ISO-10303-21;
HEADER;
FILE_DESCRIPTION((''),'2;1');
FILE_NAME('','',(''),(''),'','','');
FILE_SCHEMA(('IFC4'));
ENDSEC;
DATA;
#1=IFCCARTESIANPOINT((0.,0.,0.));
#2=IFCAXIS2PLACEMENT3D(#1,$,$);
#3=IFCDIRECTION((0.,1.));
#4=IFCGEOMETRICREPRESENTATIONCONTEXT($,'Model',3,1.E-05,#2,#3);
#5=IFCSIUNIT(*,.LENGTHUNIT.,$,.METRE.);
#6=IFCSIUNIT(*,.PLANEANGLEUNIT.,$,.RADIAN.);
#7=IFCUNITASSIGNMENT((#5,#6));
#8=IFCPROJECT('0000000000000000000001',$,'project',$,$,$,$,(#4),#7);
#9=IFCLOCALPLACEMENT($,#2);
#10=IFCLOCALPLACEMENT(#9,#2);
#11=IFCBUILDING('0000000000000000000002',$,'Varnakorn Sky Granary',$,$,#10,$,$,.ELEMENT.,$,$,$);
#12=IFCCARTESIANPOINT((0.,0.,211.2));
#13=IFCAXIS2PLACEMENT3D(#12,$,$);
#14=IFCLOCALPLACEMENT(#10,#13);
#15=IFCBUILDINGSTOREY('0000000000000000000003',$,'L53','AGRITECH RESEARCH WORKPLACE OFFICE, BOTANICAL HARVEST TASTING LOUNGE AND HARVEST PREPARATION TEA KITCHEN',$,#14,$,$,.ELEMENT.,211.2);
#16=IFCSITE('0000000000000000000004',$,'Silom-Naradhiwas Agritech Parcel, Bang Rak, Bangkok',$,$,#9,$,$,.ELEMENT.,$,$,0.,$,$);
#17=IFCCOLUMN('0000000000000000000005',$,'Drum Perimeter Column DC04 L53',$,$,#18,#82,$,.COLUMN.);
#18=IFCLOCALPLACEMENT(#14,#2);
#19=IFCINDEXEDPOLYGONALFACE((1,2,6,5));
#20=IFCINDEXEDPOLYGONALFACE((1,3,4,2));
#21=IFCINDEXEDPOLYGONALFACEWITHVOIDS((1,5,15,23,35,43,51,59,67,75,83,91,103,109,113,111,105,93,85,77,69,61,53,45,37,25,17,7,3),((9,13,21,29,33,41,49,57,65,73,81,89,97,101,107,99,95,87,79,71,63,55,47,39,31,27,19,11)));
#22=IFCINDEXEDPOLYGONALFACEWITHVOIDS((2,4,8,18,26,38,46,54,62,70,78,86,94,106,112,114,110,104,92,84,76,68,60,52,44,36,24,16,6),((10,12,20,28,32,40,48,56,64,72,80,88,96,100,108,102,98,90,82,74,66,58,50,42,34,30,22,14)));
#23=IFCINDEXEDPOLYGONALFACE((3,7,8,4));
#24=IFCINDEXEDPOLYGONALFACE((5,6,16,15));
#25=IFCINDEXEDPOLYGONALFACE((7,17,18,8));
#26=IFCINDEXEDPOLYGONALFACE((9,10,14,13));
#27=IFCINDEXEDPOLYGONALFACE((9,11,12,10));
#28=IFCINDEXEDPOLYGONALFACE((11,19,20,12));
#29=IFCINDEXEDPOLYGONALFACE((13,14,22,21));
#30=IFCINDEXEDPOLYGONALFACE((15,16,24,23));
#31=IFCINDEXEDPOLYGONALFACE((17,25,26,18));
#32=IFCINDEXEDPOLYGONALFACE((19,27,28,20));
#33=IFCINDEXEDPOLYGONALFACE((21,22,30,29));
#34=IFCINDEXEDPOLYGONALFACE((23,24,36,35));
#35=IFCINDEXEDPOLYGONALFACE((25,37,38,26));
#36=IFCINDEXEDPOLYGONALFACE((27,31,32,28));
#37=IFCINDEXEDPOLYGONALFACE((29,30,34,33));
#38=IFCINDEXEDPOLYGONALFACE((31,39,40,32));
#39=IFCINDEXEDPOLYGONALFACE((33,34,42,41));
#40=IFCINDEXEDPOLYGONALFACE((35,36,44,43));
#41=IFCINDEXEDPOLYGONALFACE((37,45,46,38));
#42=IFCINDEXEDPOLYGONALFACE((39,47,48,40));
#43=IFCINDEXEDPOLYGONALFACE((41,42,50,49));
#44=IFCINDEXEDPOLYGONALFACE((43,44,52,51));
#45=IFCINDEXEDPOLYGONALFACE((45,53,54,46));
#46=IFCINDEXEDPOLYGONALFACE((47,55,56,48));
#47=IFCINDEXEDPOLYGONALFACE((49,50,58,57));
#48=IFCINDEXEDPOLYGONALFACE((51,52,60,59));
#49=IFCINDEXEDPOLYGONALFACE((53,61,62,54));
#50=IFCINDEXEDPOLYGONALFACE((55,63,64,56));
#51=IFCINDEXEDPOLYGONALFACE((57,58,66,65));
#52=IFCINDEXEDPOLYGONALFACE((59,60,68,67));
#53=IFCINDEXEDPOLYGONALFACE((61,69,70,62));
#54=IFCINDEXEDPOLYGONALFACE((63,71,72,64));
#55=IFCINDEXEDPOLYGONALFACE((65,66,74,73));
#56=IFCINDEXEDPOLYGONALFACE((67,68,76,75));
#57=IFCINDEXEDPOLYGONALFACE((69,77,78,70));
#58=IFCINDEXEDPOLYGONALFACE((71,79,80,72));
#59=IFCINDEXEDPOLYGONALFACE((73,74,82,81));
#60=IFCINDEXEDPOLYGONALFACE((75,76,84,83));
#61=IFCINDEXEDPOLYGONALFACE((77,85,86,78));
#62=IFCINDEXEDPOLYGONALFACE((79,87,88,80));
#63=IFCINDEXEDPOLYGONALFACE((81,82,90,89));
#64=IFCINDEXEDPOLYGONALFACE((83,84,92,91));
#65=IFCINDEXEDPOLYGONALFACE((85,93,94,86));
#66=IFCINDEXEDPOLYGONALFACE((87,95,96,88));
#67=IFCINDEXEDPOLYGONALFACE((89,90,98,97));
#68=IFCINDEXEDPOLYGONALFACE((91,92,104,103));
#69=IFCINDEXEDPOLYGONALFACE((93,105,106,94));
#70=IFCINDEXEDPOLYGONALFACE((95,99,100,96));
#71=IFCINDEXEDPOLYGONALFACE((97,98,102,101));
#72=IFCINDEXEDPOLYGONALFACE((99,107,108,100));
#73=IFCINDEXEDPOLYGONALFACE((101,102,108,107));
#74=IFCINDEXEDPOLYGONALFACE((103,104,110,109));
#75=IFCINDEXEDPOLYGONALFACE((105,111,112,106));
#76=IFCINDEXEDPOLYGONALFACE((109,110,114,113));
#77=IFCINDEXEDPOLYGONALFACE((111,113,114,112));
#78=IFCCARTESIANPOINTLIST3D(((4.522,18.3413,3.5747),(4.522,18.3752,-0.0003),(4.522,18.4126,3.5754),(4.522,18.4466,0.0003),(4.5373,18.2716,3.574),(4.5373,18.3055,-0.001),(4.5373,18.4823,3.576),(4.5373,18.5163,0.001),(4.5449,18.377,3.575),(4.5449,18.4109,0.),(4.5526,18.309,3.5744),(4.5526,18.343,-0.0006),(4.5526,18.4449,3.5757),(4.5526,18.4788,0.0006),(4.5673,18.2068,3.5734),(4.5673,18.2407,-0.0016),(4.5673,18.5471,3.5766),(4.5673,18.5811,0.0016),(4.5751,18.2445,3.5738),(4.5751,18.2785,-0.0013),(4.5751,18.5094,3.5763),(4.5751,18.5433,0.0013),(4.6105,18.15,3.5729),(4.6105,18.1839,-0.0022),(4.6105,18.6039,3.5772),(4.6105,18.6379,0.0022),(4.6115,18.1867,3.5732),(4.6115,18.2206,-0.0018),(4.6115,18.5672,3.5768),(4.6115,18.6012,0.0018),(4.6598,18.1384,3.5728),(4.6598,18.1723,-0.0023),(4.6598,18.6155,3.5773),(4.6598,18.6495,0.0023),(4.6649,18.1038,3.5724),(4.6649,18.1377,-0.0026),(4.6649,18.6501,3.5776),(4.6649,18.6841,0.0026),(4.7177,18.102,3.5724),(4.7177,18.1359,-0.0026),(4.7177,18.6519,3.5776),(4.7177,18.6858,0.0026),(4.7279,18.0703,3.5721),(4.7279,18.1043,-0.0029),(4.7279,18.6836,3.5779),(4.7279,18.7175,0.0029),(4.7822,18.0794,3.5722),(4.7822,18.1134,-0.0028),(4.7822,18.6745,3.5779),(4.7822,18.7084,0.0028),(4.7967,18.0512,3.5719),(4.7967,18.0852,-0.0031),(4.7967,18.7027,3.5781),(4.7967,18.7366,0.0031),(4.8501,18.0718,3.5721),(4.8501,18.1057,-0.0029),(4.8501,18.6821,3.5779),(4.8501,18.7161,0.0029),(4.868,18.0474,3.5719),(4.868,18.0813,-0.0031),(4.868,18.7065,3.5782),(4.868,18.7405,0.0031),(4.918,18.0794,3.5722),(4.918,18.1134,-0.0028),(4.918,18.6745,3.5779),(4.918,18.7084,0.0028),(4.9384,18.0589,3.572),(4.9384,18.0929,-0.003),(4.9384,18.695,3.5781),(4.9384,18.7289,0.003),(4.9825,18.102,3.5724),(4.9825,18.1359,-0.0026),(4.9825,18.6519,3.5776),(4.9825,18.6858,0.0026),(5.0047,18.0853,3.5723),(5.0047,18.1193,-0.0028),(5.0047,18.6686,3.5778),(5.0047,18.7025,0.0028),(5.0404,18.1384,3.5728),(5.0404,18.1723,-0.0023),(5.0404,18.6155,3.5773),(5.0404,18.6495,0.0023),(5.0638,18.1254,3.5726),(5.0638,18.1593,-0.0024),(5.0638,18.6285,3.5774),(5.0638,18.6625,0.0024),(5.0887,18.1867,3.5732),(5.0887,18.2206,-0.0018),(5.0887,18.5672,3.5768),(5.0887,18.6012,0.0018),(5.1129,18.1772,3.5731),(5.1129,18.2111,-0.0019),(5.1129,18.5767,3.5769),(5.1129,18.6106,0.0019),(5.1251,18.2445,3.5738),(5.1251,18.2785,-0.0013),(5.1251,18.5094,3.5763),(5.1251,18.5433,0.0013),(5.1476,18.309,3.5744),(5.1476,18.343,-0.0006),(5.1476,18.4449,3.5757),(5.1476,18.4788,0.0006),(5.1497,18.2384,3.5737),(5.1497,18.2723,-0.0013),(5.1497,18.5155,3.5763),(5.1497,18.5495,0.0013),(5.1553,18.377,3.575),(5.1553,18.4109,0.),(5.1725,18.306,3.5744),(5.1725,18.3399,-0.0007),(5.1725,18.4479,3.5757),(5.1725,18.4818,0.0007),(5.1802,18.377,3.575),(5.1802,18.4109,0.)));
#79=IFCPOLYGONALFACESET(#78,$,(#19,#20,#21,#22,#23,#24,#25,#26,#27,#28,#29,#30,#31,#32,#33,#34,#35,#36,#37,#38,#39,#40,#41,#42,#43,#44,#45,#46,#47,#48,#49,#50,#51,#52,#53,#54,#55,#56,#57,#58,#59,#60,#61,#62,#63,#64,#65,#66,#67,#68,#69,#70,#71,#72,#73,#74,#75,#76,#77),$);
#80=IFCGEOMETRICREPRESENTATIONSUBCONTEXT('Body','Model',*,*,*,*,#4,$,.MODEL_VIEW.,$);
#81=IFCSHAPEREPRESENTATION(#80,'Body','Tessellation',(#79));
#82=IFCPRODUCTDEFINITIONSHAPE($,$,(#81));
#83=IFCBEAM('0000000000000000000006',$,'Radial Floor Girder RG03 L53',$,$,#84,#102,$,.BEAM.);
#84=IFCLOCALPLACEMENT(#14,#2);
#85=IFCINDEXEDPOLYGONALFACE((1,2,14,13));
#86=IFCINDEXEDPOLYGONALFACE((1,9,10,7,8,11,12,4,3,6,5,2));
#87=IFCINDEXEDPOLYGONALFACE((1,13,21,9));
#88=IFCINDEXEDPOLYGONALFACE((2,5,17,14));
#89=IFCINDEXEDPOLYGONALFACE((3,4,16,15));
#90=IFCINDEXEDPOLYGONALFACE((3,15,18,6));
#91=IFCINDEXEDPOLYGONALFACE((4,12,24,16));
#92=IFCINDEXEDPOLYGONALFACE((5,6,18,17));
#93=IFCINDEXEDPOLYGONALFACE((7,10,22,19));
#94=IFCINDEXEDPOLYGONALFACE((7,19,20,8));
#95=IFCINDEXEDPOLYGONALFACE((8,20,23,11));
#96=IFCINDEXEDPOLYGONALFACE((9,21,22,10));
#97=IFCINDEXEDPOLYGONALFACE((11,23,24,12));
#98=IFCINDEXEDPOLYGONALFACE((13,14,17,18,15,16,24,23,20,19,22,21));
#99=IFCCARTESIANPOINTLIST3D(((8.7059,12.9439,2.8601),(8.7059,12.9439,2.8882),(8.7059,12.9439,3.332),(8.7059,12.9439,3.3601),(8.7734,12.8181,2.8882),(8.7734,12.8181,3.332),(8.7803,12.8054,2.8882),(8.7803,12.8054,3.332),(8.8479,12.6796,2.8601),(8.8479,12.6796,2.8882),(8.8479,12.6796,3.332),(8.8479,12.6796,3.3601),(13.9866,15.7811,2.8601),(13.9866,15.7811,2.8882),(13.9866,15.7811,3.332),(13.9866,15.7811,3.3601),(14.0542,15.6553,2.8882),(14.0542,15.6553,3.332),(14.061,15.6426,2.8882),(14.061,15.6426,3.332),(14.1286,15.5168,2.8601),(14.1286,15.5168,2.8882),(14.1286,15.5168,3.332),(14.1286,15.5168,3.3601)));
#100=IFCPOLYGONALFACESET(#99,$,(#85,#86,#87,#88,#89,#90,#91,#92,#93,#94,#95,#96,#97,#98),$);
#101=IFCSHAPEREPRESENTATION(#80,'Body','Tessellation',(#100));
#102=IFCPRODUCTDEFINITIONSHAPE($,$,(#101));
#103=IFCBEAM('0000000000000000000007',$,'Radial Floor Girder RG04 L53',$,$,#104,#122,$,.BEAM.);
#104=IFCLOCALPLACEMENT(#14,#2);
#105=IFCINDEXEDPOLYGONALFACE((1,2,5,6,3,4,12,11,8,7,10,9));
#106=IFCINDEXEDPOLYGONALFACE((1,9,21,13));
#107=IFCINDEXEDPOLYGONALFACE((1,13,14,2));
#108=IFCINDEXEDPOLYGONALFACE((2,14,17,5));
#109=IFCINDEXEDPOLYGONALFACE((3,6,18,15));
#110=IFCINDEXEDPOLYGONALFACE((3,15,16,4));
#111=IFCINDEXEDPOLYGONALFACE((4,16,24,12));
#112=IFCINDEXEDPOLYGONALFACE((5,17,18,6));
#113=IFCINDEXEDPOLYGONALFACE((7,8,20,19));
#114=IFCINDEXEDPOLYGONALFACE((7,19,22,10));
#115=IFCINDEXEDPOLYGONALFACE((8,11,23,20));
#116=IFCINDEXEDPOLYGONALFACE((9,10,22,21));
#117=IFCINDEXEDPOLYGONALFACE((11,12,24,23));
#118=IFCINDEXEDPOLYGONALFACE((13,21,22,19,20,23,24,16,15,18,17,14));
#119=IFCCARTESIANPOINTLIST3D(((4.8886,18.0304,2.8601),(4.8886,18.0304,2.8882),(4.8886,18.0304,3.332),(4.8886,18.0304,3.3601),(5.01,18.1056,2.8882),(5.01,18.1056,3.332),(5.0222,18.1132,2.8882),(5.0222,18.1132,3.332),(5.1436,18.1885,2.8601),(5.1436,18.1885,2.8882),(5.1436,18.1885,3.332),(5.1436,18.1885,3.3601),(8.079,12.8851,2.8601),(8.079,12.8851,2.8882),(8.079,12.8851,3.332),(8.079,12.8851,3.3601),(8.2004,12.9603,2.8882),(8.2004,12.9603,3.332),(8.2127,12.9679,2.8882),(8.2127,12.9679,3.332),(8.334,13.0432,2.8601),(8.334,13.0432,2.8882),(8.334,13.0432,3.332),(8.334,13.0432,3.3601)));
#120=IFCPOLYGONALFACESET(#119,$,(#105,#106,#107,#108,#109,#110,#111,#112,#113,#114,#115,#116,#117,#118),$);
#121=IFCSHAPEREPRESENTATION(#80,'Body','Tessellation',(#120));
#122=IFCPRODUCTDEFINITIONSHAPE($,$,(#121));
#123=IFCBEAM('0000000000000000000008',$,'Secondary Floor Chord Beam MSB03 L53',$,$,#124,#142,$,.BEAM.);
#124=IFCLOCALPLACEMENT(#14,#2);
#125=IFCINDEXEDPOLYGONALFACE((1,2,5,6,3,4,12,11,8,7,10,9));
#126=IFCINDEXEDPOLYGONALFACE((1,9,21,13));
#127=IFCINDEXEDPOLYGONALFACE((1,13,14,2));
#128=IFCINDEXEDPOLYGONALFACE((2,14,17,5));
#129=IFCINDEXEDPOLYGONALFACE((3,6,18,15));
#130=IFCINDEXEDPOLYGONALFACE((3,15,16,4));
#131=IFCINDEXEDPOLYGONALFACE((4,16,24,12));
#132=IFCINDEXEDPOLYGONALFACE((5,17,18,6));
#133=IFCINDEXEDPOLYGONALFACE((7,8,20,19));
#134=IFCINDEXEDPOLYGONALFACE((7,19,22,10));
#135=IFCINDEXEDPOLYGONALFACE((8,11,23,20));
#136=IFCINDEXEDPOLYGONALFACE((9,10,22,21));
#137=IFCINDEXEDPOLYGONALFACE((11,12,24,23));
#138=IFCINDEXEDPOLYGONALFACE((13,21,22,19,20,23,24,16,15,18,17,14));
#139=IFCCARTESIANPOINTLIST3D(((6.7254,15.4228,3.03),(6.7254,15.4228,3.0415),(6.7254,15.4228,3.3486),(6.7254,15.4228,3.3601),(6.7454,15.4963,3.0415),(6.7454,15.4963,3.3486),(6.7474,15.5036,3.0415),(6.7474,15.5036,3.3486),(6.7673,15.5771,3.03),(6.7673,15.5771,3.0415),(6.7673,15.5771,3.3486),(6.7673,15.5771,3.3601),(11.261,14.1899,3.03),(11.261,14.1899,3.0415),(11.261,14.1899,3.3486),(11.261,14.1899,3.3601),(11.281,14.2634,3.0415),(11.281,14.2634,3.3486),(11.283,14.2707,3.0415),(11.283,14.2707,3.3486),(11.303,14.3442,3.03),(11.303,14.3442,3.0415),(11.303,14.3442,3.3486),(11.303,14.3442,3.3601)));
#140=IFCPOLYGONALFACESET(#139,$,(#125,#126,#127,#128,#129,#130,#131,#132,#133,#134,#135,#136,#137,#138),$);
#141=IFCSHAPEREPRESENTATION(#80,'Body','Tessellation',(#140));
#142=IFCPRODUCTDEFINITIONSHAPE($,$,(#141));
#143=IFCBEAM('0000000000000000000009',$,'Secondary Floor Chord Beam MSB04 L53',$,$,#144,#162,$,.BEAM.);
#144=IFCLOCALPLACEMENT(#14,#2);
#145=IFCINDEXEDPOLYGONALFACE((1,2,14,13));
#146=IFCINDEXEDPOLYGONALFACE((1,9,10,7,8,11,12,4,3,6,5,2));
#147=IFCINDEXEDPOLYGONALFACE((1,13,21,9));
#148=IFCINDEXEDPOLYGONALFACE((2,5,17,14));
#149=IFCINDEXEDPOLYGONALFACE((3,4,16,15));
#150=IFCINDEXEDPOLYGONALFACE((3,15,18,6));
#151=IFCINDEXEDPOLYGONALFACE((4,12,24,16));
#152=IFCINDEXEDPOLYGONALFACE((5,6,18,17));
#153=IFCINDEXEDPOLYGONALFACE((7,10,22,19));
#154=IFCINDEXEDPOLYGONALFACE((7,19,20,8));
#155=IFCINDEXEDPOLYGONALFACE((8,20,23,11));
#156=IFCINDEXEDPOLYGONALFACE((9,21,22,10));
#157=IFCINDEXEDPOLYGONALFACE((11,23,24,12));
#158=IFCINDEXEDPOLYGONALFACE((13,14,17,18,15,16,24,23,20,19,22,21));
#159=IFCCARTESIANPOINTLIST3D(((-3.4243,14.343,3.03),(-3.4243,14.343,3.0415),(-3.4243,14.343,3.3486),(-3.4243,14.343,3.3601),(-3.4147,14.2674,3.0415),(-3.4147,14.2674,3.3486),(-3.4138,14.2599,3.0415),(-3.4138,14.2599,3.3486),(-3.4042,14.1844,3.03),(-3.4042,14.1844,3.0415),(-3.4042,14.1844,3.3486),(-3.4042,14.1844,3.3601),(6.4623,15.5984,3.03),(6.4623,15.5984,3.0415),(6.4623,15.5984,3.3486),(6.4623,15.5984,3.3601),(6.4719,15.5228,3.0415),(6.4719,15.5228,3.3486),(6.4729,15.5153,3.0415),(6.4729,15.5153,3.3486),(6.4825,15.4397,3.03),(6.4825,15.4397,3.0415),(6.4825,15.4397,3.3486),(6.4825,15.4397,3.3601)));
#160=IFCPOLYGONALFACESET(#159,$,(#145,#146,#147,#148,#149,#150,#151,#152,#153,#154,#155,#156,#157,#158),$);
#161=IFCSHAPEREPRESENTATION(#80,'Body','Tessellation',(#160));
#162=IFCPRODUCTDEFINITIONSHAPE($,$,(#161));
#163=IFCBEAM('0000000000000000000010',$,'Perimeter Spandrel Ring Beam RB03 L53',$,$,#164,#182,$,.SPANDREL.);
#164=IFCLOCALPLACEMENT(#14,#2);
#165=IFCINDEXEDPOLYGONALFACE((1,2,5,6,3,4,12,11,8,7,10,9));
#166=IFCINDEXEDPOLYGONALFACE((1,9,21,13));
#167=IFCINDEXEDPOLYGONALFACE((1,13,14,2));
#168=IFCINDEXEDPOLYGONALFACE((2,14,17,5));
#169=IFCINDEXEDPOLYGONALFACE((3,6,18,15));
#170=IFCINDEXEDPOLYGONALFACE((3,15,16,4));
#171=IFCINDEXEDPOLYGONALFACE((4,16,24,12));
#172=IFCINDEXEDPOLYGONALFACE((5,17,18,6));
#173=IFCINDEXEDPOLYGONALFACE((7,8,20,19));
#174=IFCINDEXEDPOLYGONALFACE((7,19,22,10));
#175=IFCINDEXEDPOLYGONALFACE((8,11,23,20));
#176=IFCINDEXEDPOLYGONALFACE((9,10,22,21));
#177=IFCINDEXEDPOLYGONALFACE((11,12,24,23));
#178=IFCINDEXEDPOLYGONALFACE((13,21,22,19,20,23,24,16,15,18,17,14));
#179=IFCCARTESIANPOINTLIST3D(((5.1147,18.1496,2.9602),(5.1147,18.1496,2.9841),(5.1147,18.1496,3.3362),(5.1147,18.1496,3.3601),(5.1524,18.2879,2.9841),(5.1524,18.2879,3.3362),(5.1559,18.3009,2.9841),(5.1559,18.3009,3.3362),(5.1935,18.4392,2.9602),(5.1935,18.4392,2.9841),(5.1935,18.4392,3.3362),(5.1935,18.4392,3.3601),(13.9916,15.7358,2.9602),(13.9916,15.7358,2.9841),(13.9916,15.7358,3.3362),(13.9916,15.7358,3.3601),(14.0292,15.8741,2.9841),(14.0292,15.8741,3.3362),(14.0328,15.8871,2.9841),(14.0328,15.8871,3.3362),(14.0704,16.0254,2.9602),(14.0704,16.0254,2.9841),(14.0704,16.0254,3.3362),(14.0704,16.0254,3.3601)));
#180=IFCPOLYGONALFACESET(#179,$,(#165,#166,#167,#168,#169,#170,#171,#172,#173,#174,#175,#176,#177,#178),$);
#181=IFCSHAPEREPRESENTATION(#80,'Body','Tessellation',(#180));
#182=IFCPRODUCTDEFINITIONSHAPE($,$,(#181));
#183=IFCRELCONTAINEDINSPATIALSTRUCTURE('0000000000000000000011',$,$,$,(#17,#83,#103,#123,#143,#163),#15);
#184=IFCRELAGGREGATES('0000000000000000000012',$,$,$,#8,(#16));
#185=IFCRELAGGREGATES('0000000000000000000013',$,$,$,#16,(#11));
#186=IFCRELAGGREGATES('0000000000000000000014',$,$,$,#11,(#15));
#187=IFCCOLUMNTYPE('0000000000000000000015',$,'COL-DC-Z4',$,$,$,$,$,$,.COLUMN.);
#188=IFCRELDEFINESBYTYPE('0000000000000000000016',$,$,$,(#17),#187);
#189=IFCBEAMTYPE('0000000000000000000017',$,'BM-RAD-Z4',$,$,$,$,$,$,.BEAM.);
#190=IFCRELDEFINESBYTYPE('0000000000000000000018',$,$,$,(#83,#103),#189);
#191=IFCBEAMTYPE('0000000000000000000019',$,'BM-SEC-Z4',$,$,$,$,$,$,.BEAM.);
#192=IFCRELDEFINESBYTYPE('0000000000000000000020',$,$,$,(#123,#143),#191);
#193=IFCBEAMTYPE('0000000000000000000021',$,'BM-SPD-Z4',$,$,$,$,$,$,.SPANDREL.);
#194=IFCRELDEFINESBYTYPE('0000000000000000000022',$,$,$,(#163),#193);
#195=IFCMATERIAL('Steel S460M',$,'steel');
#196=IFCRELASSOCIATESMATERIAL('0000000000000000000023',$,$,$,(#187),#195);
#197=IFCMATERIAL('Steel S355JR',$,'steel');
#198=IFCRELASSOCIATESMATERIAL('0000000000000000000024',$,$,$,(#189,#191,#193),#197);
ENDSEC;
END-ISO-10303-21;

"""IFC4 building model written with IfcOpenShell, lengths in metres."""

from ifc_helpers import new_model, si_unit, direction, frame, origin, origin_2d, place, context, subcontext, project, spatial, hollow_circle, i_section, extrude, material, material_profile, profile_set, type_object, element, save


model = new_model("IFC4")

# Units and contexts
model_context = context("Model", 3, precision=1e-05, world=origin(), true_north=direction((0.0, 1.0)))
body_context = subcontext(model_context, "Body", "Model", "MODEL_VIEW")
ifc_project = project(units=[si_unit("LENGTHUNIT", "METRE"), si_unit("PLANEANGLEUNIT", "RADIAN")], contexts=[model_context])

# Site, building, storey
site_placement = place(None, origin())
site = spatial("IfcSite", under=ifc_project, at=site_placement, Name="Silom-Naradhiwas Agritech Parcel, Bang Rak, Bangkok", CompositionType="ELEMENT", RefElevation=0.0)
building_placement = place(site_placement, origin())
building = spatial("IfcBuilding", under=site, at=building_placement, Name="Varnakorn Sky Granary", CompositionType="ELEMENT")
storey_placement = place(building_placement, frame((0.0, 0.0, 211.2)))
storey = spatial("IfcBuildingStorey", under=building, at=storey_placement, Name="L53", Description="AGRITECH RESEARCH WORKPLACE OFFICE, BOTANICAL HARVEST TASTING LOUNGE AND HARVEST PREPARATION TEA KITCHEN", CompositionType="ELEMENT", Elevation=211.2)

# Column
ifc_material_1 = material(Name="Steel S460M", Category="steel")
ifc_material_profile_1 = material_profile(ifc_material_1, hollow_circle(Radius=0.3301, WallThickness=0.0249, at=origin_2d()), Name="CHS 660x25")
ifc_profile_set_1 = profile_set([ifc_material_profile_1], Name="Steel S460M")
column_type = type_object("IfcColumnType", Name="COL-DC-Z4", PredefinedType="COLUMN", material=ifc_profile_set_1)
column_placement = place(storey_placement, frame((4.8501, 18.4109, 0.0), z_axis=(0.0, -0.009492, 0.999955), x_axis=(1.0, 0.0, 0.0)))
element("IfcColumn", 1, at=column_placement, inside=storey, type_object=column_type, Name="Drum Perimeter Column DC04 L53", PredefinedType="COLUMN", context=body_context, shape_type="SweptSolid", body=[
    extrude(hollow_circle(Radius=0.3301, WallThickness=0.0249, at=origin_2d()), origin(), (0.0, 0.0, 1.0), 3.5752),
])

# Beams
ifc_material_2 = material(Name="Steel S355JR", Category="steel")
ifc_material_profile_2 = material_profile(ifc_material_2, i_section(OverallWidth=0.3, OverallDepth=0.5, WebThickness=0.0144, FlangeThickness=0.0281, at=origin_2d()), Name="HE 500 B")
ifc_profile_set_2 = profile_set([ifc_material_profile_2], Name="Steel S355JR")
beam_type_1 = type_object("IfcBeamType", Name="BM-RAD-Z4", PredefinedType="BEAM", material=ifc_profile_set_2)
beam_1_placement = place(storey_placement, frame((8.7769, 12.8118, 3.1101), z_axis=(0.880911, 0.473281, 0.0), x_axis=(-0.473281, 0.880911, 0.0)))
element("IfcBeam", 2, at=beam_1_placement, inside=storey, type_object=beam_type_1, Name="Radial Floor Girder RG03 L53", PredefinedType="BEAM", context=body_context, shape_type="SweptSolid", body=[
    extrude(i_section(OverallWidth=0.3, OverallDepth=0.5, WebThickness=0.0144, FlangeThickness=0.0281, at=origin_2d()), origin(), (0.0, 0.0, 1.0), 5.9946),
])
beam_2_placement = place(storey_placement, frame((8.2065, 12.9641, 3.1101), z_axis=(-0.526983, 0.849876, 0.0), x_axis=(-0.849876, -0.526983, 0.0)))
element("IfcBeam", 3, at=beam_2_placement, inside=storey, type_object=beam_type_1, Name="Radial Floor Girder RG04 L53", PredefinedType="BEAM", context=body_context, shape_type="SweptSolid", body=[
    extrude(i_section(OverallWidth=0.3, OverallDepth=0.5, WebThickness=0.0144, FlangeThickness=0.0281, at=origin_2d()), origin(), (0.0, 0.0, 1.0), 6.0542),
])
ifc_material_profile_3 = material_profile(ifc_material_2, i_section(OverallWidth=0.1599, OverallDepth=0.3301, WebThickness=0.0076, FlangeThickness=0.0115, at=origin_2d()), Name="IPE 330")
ifc_profile_set_3 = profile_set([ifc_material_profile_3], Name="Steel S355JR")
beam_type_2 = type_object("IfcBeamType", Name="BM-SEC-Z4", PredefinedType="BEAM", material=ifc_profile_set_3)
beam_3_placement = place(storey_placement, frame((11.282, 14.2671, 3.1951), z_axis=(-0.964984, 0.262309, 0.0), x_axis=(-0.262309, -0.964984, 0.0)))
element("IfcBeam", 4, at=beam_3_placement, inside=storey, type_object=beam_type_2, Name="Secondary Floor Chord Beam MSB03 L53", PredefinedType="BEAM", context=body_context, shape_type="SweptSolid", body=[
    extrude(i_section(OverallWidth=0.1599, OverallDepth=0.3301, WebThickness=0.0076, FlangeThickness=0.0115, at=origin_2d()), origin(), (0.0, 0.0, 1.0), 4.7002),
])
beam_4_placement = place(storey_placement, frame((6.4724, 15.519, 3.1951), z_axis=(-0.992035, -0.125964, 0.0), x_axis=(0.125964, -0.992035, 0.0)))
element("IfcBeam", 5, at=beam_4_placement, inside=storey, type_object=beam_type_2, Name="Secondary Floor Chord Beam MSB04 L53", PredefinedType="BEAM", context=body_context, shape_type="SweptSolid", body=[
    extrude(i_section(OverallWidth=0.1599, OverallDepth=0.3301, WebThickness=0.0076, FlangeThickness=0.0115, at=origin_2d()), origin(), (0.0, 0.0, 1.0), 9.9661),
])
ifc_material_profile_4 = material_profile(ifc_material_2, i_section(OverallWidth=0.3, OverallDepth=0.3999, WebThickness=0.0134, FlangeThickness=0.0239, at=origin_2d()), Name="HE 400 B")
ifc_profile_set_4 = profile_set([ifc_material_profile_4], Name="Steel S355JR")
beam_type_3 = type_object("IfcBeamType", Name="BM-SPD-Z4", PredefinedType="SPANDREL", material=ifc_profile_set_4)
for number, where, z_axis, x_axis, name in (
    (6, (14.031, 15.8806, 3.1602), (-0.964961, 0.262392, 0.0), (-0.262392, -0.964961, 0.0), "Perimeter Spandrel Ring Beam RB03 L53"),
):
    element("IfcBeam", number, at=place(storey_placement, frame(where, z_axis=z_axis, x_axis=x_axis)), inside=storey, type_object=beam_type_3, Name=name, PredefinedType="SPANDREL", context=body_context, shape_type="SweptSolid", body=[
        extrude(i_section(OverallWidth=0.3, OverallDepth=0.3999, WebThickness=0.0134, FlangeThickness=0.0239, at=origin_2d()), origin(), (0.0, 0.0, 1.0), 9.1992),
    ])

save(model, "model.ifc")
